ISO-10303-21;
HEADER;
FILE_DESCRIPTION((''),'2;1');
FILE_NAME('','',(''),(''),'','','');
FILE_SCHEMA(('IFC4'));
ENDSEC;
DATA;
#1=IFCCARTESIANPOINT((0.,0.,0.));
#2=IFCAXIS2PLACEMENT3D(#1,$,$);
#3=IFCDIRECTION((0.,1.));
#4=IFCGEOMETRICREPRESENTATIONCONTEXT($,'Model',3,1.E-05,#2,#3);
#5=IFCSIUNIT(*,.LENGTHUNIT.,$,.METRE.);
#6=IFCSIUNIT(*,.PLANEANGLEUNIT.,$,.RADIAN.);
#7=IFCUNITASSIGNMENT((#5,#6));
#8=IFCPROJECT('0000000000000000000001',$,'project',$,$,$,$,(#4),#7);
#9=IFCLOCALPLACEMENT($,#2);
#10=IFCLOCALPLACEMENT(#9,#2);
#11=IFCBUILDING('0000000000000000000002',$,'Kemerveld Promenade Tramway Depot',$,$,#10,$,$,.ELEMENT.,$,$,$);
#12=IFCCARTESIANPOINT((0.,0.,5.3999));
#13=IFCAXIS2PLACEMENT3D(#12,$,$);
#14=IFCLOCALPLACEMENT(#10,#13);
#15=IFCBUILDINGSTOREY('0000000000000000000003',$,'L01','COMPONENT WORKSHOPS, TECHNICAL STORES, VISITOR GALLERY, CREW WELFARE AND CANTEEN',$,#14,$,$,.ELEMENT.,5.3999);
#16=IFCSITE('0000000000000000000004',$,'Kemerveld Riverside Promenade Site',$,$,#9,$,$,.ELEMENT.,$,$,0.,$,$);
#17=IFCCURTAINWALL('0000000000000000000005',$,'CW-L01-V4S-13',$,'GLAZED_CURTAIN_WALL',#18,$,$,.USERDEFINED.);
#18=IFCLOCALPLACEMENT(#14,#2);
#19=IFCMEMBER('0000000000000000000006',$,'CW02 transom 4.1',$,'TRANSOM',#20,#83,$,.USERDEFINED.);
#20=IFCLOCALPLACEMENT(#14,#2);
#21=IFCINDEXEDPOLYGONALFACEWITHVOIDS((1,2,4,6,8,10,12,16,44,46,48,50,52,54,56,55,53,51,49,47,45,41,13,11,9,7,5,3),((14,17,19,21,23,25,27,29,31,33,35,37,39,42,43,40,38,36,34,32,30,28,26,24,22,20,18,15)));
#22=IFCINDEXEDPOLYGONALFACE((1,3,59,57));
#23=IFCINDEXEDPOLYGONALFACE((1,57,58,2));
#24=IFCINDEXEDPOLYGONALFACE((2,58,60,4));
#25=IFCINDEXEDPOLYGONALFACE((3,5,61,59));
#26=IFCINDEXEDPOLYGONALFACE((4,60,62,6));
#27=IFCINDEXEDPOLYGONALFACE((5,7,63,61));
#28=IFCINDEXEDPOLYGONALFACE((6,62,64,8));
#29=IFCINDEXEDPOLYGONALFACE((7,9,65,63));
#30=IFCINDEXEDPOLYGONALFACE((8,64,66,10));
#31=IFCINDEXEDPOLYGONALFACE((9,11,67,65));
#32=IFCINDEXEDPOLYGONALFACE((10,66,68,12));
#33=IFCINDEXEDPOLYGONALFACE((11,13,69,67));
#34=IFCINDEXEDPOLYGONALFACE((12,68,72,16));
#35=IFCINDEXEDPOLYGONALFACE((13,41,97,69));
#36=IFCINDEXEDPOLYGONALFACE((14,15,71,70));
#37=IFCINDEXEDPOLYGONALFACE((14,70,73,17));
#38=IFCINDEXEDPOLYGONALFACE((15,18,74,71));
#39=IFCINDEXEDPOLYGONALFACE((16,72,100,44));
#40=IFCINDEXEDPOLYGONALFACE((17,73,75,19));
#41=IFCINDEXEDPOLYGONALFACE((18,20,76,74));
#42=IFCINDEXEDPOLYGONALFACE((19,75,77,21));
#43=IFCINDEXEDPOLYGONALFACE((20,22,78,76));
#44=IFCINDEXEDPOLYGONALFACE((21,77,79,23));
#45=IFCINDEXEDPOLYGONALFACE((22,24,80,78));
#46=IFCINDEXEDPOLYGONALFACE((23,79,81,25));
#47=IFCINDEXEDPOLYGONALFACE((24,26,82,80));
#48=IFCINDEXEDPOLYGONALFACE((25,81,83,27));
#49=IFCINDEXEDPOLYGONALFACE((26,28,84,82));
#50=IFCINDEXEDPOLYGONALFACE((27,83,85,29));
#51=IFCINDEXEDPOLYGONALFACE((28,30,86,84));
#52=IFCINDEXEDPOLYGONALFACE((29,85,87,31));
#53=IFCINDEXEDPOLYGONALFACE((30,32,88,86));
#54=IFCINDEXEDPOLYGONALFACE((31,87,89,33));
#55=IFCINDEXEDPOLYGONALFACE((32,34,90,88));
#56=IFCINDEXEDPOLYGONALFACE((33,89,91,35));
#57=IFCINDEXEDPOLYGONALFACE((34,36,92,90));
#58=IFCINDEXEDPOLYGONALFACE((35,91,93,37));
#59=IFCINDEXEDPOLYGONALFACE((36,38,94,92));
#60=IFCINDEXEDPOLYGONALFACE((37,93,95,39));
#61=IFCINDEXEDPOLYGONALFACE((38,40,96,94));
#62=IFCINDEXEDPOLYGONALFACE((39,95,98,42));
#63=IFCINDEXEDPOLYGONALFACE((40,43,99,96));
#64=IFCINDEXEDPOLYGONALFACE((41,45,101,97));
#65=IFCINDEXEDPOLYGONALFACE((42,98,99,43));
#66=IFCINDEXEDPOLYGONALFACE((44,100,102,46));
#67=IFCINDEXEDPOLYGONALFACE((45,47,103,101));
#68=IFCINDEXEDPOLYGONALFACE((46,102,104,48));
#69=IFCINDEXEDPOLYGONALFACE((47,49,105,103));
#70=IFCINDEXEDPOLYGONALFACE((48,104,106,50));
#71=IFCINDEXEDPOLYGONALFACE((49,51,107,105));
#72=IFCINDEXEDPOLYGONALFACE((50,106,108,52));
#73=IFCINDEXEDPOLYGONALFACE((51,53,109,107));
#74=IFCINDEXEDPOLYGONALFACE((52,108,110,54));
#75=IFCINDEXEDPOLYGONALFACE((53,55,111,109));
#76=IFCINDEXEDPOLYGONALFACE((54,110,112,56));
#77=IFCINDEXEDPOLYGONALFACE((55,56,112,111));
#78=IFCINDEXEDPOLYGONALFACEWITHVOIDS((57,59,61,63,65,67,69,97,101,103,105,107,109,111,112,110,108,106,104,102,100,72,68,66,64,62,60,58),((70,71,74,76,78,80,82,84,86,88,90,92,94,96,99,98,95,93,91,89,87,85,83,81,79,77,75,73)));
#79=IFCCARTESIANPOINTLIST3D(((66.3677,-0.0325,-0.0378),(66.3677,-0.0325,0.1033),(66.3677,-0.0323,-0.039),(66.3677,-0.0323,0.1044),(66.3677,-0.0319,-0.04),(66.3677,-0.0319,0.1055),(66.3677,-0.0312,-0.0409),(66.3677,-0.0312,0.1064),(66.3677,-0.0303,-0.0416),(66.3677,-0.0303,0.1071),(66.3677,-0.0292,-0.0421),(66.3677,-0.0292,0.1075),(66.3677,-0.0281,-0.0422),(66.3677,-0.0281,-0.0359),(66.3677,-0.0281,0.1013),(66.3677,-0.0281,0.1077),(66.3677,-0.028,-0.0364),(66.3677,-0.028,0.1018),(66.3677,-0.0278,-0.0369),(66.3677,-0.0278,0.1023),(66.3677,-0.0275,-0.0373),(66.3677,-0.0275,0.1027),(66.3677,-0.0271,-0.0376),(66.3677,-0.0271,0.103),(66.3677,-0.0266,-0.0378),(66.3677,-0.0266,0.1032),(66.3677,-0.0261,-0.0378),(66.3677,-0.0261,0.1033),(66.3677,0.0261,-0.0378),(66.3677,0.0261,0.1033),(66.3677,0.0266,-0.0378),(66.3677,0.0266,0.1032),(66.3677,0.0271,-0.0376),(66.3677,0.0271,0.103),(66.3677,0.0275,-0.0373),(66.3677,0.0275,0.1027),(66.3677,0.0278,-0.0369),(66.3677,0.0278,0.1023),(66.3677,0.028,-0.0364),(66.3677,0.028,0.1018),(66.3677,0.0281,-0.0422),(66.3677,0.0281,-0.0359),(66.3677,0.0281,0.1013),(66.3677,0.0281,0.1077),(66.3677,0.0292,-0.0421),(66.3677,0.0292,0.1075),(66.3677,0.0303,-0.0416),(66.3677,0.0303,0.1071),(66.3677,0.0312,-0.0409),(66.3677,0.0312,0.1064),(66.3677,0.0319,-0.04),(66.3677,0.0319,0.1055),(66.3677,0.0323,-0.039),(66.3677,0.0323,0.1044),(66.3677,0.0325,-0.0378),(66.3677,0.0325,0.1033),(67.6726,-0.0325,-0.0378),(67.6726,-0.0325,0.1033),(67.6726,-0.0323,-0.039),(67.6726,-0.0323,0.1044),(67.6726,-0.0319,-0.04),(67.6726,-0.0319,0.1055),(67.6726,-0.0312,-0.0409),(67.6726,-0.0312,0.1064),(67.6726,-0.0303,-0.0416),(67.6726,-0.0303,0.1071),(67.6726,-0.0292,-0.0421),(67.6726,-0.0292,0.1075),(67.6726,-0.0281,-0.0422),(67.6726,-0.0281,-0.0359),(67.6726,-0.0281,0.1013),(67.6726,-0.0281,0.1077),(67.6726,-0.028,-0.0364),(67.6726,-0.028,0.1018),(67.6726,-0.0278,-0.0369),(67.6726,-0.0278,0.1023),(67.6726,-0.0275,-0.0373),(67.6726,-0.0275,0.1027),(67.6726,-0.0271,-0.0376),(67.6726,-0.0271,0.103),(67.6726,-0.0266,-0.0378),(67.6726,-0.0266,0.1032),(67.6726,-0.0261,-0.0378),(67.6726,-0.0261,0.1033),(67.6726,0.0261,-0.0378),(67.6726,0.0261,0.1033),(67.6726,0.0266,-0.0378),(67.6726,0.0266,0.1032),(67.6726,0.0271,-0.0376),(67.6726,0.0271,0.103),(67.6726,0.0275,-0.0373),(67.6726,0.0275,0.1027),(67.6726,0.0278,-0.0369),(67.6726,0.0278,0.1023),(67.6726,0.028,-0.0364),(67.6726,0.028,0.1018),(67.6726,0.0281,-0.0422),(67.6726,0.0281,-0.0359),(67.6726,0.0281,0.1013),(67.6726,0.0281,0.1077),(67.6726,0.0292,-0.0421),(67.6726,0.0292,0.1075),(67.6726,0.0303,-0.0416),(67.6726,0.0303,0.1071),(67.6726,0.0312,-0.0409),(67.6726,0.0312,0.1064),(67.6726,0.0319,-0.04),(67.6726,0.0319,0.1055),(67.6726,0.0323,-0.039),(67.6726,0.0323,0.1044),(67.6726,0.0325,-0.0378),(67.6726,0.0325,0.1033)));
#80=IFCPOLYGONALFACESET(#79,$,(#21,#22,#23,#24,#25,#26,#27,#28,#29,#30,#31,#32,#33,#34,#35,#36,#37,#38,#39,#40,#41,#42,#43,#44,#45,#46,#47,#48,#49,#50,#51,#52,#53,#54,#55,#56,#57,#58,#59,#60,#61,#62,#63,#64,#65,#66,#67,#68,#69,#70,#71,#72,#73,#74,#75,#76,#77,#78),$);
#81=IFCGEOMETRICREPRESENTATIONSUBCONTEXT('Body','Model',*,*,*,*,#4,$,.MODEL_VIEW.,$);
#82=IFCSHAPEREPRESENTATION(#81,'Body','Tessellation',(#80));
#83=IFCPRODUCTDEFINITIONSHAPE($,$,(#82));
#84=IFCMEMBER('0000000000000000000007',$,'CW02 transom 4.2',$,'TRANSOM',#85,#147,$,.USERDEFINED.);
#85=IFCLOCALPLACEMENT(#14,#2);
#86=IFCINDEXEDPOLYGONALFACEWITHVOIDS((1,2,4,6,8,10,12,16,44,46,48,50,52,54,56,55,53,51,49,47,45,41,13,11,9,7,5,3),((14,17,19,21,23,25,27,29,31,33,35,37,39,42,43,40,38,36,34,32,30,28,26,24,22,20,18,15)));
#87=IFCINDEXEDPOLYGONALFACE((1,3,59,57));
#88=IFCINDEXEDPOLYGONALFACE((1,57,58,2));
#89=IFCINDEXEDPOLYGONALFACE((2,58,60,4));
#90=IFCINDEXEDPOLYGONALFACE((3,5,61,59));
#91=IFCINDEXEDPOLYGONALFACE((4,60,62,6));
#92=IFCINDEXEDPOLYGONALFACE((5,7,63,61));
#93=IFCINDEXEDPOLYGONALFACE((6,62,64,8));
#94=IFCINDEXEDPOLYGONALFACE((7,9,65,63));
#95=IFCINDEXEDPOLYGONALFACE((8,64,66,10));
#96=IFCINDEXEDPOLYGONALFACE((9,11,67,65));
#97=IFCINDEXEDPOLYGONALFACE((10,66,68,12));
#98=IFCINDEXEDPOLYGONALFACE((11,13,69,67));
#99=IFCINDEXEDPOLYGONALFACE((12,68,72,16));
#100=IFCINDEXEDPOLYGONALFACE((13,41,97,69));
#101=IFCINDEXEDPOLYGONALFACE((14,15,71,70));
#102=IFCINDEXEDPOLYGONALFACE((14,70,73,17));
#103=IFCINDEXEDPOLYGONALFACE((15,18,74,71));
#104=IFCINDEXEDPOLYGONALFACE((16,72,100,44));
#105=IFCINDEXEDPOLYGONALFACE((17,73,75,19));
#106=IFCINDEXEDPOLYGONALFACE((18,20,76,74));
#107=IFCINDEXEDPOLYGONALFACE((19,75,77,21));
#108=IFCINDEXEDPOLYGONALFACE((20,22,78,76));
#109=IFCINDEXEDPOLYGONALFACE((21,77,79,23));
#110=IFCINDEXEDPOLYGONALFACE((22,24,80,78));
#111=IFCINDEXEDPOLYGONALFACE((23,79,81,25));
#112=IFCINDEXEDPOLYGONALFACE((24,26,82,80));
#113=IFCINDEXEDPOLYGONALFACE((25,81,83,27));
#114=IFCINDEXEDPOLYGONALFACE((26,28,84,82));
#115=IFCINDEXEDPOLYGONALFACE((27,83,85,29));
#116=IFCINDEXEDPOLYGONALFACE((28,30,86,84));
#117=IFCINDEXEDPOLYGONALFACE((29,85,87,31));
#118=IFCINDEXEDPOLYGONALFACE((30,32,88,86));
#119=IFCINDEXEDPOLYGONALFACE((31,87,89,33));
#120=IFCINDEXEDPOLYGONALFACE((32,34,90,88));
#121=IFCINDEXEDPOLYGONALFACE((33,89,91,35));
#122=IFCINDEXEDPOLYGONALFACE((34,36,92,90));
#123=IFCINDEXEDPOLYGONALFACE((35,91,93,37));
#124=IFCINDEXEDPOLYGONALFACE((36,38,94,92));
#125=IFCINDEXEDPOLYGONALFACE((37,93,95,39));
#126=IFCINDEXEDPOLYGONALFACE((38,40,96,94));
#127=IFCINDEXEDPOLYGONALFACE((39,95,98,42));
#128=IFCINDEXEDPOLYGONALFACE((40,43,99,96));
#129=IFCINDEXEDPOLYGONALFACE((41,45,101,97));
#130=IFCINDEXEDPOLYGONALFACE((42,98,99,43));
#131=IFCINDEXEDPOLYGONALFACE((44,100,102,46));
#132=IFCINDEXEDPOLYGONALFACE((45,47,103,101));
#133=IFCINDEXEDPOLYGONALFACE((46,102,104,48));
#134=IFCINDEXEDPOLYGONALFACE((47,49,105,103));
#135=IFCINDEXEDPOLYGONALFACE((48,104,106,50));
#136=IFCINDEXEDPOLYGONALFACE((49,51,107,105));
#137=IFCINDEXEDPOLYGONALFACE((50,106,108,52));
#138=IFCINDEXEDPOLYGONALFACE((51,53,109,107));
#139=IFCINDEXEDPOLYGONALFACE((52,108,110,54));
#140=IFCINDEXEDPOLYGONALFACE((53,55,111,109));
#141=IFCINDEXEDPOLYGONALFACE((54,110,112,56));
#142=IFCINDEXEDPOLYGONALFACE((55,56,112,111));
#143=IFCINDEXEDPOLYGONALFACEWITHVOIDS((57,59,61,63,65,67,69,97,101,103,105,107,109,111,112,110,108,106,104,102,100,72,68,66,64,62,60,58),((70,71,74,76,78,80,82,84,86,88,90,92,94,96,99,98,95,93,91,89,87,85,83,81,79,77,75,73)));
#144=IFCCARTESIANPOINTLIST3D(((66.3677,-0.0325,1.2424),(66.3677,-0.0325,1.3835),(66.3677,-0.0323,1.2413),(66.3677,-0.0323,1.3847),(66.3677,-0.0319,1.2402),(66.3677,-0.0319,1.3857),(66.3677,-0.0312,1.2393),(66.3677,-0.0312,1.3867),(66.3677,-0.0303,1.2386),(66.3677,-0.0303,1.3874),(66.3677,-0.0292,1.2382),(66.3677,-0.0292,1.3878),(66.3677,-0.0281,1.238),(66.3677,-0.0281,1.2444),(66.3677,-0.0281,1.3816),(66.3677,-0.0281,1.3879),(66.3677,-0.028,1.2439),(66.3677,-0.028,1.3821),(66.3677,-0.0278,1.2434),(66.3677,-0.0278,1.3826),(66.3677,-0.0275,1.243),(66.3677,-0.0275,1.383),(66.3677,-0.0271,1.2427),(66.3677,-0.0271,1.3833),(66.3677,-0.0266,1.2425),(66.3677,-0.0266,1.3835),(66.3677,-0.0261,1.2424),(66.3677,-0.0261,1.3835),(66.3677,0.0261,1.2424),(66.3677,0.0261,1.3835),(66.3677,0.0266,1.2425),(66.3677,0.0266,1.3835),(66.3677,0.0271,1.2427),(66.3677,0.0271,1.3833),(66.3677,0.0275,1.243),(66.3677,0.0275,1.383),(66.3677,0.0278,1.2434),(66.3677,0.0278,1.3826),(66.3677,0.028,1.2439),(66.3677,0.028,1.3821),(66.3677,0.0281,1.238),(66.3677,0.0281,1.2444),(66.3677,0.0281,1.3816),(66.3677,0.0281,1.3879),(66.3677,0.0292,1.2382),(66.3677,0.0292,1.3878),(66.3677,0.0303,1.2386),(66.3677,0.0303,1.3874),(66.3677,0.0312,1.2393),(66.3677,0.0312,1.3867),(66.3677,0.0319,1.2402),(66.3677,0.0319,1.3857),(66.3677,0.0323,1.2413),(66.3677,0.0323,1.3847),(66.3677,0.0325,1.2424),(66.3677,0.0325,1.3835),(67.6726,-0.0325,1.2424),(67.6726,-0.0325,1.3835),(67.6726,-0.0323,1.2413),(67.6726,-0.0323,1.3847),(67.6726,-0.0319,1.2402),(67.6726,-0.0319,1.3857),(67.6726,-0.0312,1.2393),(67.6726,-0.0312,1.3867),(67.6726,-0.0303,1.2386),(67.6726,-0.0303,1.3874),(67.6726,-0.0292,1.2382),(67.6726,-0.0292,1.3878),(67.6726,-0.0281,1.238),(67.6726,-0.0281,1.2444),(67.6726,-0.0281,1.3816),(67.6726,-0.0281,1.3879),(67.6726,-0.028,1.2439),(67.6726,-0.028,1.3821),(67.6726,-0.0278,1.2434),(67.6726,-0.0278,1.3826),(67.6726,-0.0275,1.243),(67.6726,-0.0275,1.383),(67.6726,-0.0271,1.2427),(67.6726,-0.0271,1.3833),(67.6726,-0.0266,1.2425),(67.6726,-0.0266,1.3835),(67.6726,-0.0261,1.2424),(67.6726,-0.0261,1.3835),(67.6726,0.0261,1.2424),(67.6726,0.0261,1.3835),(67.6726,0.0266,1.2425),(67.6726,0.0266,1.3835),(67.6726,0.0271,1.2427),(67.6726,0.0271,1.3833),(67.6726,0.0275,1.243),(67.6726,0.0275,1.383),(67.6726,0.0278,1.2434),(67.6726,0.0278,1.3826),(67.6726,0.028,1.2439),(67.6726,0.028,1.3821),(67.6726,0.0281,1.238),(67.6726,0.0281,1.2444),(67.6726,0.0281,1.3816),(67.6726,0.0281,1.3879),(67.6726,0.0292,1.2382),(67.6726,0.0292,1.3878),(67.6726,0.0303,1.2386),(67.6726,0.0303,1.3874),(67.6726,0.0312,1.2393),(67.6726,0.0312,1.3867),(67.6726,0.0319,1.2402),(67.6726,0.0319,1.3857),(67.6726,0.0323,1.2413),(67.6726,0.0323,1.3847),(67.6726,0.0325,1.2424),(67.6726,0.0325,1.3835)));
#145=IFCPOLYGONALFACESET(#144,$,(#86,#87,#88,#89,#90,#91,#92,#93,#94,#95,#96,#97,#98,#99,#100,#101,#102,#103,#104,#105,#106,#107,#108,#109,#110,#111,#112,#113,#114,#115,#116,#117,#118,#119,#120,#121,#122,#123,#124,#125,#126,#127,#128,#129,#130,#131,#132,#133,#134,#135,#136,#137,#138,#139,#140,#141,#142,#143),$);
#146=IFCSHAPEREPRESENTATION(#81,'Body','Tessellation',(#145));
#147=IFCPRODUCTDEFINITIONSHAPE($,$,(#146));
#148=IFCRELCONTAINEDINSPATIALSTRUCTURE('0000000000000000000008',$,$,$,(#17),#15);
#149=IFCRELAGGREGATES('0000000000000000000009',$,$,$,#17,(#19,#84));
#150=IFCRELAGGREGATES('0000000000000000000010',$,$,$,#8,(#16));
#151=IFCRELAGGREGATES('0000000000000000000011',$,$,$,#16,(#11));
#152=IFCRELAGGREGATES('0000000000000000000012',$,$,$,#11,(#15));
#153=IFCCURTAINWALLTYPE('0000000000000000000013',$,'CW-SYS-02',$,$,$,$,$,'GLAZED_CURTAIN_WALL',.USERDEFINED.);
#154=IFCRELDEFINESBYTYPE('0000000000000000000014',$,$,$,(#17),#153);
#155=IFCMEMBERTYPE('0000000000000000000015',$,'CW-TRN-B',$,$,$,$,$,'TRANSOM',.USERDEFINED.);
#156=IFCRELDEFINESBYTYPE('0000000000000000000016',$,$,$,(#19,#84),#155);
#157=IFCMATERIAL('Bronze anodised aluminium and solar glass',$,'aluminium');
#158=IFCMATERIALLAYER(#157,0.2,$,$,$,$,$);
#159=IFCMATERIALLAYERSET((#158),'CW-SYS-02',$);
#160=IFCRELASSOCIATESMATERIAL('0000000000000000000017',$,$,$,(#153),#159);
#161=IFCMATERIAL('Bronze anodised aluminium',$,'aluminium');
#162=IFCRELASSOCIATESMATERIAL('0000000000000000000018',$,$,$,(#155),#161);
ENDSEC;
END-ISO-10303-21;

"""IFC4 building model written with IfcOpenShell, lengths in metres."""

from ifc_helpers import new_model, si_unit, direction, frame, origin, origin_2d, place, context, subcontext, project, spatial, hollow_rectangle, extrude, material, layer, layer_set, material_profile, profile_set, type_object, element, aggregate, save


model = new_model("IFC4")

# Units and contexts
model_context = context("Model", 3, precision=1e-05, world=origin(), true_north=direction((0.0, 1.0)))
body_context = subcontext(model_context, "Body", "Model", "MODEL_VIEW")
ifc_project = project(units=[si_unit("LENGTHUNIT", "METRE"), si_unit("PLANEANGLEUNIT", "RADIAN")], contexts=[model_context])

# Site, building, storey
site_placement = place(None, origin())
site = spatial("IfcSite", under=ifc_project, at=site_placement, Name="Kemerveld Riverside Promenade Site", CompositionType="ELEMENT", RefElevation=0.0)
building_placement = place(site_placement, origin())
building = spatial("IfcBuilding", under=site, at=building_placement, Name="Kemerveld Promenade Tramway Depot", CompositionType="ELEMENT")
storey_placement = place(building_placement, frame((0.0, 0.0, 5.3999)))
storey = spatial("IfcBuildingStorey", under=building, at=storey_placement, Name="L01", Description="COMPONENT WORKSHOPS, TECHNICAL STORES, VISITOR GALLERY, CREW WELFARE AND CANTEEN", CompositionType="ELEMENT", Elevation=5.3999)

# Curtain wall, members
ifc_material_1 = material(Name="Bronze anodised aluminium and solar glass", Category="aluminium")
ifc_layer_1 = layer(ifc_material_1, 0.2)
ifc_layer_set_1 = layer_set([ifc_layer_1], Name="CW-SYS-02")
curtain_wall_type = type_object("IfcCurtainWallType", Name="CW-SYS-02", ElementType="GLAZED_CURTAIN_WALL", PredefinedType="USERDEFINED", material=ifc_layer_set_1)
curtain_wall_placement = place(storey_placement, origin())
curtain_wall = element("IfcCurtainWall", 1, at=curtain_wall_placement, inside=storey, type_object=curtain_wall_type, Name="CW-L01-V4S-13", ObjectType="GLAZED_CURTAIN_WALL", PredefinedType="USERDEFINED")
ifc_material_2 = material(Name="Bronze anodised aluminium", Category="aluminium")
ifc_material_profile_1 = material_profile(ifc_material_2, hollow_rectangle(XDim=0.0649, YDim=0.1499, WallThickness=0.0044, InnerFilletRadius=0.002, OuterFilletRadius=0.0044, at=origin_2d()), Name="CW-TRN-150x65")
ifc_profile_set_1 = profile_set([ifc_material_profile_1], Name="Bronze anodised aluminium")
member_type_1 = type_object("IfcMemberType", Name="CW-TRN-B", ElementType="TRANSOM", PredefinedType="USERDEFINED", material=ifc_profile_set_1)
member_1_placement = place(storey_placement, frame((67.6726, 0.0, 0.0327), z_axis=(-1.0, 0.0, 0.0), x_axis=(0.0, -1.0, 0.0)))
member_1 = element("IfcMember", 2, at=member_1_placement, type_object=member_type_1, Name="CW02 transom 4.1", ObjectType="TRANSOM", PredefinedType="USERDEFINED", context=body_context, shape_type="SweptSolid", body=[
    extrude(hollow_rectangle(XDim=0.0649, YDim=0.1499, WallThickness=0.0044, InnerFilletRadius=0.002, OuterFilletRadius=0.0044, at=origin_2d()), origin(), (0.0, 0.0, 1.0), 1.3049),
])
member_2_placement = place(storey_placement, frame((67.6726, 0.0, 1.313), z_axis=(-1.0, 0.0, 0.0), x_axis=(0.0, -1.0, 0.0)))
member_2 = element("IfcMember", 3, at=member_2_placement, type_object=member_type_1, Name="CW02 transom 4.2", ObjectType="TRANSOM", PredefinedType="USERDEFINED", context=body_context, shape_type="SweptSolid", body=[
    extrude(hollow_rectangle(XDim=0.0649, YDim=0.1499, WallThickness=0.0044, InnerFilletRadius=0.002, OuterFilletRadius=0.0044, at=origin_2d()), origin(), (0.0, 0.0, 1.0), 1.3049),
])
aggregate(curtain_wall, [member_1, member_2])

save(model, "model.ifc")
